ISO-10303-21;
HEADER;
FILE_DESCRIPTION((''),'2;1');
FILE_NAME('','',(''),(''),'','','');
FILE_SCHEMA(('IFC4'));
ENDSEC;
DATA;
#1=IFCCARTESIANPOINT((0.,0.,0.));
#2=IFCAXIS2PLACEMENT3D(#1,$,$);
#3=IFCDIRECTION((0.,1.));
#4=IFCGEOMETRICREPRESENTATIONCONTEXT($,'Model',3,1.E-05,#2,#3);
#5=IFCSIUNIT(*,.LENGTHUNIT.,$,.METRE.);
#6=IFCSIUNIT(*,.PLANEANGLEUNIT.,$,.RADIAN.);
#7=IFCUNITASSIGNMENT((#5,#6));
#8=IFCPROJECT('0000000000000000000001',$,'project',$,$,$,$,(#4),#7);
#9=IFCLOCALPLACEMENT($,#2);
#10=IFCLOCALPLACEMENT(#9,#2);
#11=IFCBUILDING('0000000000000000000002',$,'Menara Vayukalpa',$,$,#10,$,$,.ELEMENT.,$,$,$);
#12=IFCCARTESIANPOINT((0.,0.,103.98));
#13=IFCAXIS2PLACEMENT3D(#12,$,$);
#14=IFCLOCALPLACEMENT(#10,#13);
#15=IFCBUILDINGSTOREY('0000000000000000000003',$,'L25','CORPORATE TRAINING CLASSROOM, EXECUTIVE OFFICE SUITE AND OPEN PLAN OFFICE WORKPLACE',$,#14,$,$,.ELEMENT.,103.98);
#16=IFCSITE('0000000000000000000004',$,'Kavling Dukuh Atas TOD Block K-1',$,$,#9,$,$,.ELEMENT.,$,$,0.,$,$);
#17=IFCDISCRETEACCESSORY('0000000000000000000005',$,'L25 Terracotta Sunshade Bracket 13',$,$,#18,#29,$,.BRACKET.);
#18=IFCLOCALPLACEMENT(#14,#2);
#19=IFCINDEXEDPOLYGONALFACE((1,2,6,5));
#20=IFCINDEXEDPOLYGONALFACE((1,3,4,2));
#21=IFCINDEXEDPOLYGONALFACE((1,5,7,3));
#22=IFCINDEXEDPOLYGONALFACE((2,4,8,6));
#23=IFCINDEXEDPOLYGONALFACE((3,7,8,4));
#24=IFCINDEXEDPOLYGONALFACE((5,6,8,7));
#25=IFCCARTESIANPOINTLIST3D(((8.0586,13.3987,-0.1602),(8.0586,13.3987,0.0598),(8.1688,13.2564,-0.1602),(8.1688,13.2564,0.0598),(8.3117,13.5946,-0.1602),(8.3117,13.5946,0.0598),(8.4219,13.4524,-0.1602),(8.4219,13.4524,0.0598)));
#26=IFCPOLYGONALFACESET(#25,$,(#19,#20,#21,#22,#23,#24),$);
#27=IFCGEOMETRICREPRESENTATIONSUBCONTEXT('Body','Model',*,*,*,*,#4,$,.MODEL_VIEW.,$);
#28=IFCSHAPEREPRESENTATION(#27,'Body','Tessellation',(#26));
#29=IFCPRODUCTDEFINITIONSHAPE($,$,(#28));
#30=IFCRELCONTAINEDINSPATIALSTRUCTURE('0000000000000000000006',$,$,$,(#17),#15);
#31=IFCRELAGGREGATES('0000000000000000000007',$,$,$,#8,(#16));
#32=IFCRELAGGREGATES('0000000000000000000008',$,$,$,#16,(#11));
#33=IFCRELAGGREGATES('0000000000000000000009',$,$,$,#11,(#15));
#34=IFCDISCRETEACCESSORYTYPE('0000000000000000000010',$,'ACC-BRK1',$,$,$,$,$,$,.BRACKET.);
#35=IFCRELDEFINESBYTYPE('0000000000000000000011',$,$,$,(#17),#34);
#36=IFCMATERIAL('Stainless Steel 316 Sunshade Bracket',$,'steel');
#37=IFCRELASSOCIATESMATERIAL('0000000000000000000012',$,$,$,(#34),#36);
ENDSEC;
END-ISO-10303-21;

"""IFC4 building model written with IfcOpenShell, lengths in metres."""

from ifc_helpers import new_model, si_unit, direction, frame, origin, origin_2d, place, context, subcontext, project, spatial, rectangle, extrude, material, type_object, element, save


model = new_model("IFC4")

# Units and contexts
model_context = context("Model", 3, precision=1e-05, world=origin(), true_north=direction((0.0, 1.0)))
body_context = subcontext(model_context, "Body", "Model", "MODEL_VIEW")
ifc_project = project(units=[si_unit("LENGTHUNIT", "METRE"), si_unit("PLANEANGLEUNIT", "RADIAN")], contexts=[model_context])

# Site, building, storey
site_placement = place(None, origin())
site = spatial("IfcSite", under=ifc_project, at=site_placement, Name="Kavling Dukuh Atas TOD Block K-1", CompositionType="ELEMENT", RefElevation=0.0)
building_placement = place(site_placement, origin())
building = spatial("IfcBuilding", under=site, at=building_placement, Name="Menara Vayukalpa", CompositionType="ELEMENT")
storey_placement = place(building_placement, frame((0.0, 0.0, 103.98)))
storey = spatial("IfcBuildingStorey", under=building, at=storey_placement, Name="L25", Description="CORPORATE TRAINING CLASSROOM, EXECUTIVE OFFICE SUITE AND OPEN PLAN OFFICE WORKPLACE", CompositionType="ELEMENT", Elevation=103.98)

# Discrete accessory
ifc_material_1 = material(Name="Stainless Steel 316 Sunshade Bracket", Category="steel")
discrete_accessory_type = type_object("IfcDiscreteAccessoryType", Name="ACC-BRK1", PredefinedType="BRACKET", material=ifc_material_1)
discrete_accessory_placement = place(storey_placement, frame((8.2402, 13.4255, -0.1602), z_axis=(0.0, 0.0, 1.0), x_axis=(0.61219, -0.790711, 0.0)))
element("IfcDiscreteAccessory", 1, at=discrete_accessory_placement, inside=storey, type_object=discrete_accessory_type, Name="L25 Terracotta Sunshade Bracket 13", PredefinedType="BRACKET", context=body_context, shape_type="SweptSolid", body=[
    extrude(rectangle(XDim=0.1799, YDim=0.3201, at=origin_2d()), origin(), (0.0, 0.0, 1.0), 0.22),
])

save(model, "model.ifc")
